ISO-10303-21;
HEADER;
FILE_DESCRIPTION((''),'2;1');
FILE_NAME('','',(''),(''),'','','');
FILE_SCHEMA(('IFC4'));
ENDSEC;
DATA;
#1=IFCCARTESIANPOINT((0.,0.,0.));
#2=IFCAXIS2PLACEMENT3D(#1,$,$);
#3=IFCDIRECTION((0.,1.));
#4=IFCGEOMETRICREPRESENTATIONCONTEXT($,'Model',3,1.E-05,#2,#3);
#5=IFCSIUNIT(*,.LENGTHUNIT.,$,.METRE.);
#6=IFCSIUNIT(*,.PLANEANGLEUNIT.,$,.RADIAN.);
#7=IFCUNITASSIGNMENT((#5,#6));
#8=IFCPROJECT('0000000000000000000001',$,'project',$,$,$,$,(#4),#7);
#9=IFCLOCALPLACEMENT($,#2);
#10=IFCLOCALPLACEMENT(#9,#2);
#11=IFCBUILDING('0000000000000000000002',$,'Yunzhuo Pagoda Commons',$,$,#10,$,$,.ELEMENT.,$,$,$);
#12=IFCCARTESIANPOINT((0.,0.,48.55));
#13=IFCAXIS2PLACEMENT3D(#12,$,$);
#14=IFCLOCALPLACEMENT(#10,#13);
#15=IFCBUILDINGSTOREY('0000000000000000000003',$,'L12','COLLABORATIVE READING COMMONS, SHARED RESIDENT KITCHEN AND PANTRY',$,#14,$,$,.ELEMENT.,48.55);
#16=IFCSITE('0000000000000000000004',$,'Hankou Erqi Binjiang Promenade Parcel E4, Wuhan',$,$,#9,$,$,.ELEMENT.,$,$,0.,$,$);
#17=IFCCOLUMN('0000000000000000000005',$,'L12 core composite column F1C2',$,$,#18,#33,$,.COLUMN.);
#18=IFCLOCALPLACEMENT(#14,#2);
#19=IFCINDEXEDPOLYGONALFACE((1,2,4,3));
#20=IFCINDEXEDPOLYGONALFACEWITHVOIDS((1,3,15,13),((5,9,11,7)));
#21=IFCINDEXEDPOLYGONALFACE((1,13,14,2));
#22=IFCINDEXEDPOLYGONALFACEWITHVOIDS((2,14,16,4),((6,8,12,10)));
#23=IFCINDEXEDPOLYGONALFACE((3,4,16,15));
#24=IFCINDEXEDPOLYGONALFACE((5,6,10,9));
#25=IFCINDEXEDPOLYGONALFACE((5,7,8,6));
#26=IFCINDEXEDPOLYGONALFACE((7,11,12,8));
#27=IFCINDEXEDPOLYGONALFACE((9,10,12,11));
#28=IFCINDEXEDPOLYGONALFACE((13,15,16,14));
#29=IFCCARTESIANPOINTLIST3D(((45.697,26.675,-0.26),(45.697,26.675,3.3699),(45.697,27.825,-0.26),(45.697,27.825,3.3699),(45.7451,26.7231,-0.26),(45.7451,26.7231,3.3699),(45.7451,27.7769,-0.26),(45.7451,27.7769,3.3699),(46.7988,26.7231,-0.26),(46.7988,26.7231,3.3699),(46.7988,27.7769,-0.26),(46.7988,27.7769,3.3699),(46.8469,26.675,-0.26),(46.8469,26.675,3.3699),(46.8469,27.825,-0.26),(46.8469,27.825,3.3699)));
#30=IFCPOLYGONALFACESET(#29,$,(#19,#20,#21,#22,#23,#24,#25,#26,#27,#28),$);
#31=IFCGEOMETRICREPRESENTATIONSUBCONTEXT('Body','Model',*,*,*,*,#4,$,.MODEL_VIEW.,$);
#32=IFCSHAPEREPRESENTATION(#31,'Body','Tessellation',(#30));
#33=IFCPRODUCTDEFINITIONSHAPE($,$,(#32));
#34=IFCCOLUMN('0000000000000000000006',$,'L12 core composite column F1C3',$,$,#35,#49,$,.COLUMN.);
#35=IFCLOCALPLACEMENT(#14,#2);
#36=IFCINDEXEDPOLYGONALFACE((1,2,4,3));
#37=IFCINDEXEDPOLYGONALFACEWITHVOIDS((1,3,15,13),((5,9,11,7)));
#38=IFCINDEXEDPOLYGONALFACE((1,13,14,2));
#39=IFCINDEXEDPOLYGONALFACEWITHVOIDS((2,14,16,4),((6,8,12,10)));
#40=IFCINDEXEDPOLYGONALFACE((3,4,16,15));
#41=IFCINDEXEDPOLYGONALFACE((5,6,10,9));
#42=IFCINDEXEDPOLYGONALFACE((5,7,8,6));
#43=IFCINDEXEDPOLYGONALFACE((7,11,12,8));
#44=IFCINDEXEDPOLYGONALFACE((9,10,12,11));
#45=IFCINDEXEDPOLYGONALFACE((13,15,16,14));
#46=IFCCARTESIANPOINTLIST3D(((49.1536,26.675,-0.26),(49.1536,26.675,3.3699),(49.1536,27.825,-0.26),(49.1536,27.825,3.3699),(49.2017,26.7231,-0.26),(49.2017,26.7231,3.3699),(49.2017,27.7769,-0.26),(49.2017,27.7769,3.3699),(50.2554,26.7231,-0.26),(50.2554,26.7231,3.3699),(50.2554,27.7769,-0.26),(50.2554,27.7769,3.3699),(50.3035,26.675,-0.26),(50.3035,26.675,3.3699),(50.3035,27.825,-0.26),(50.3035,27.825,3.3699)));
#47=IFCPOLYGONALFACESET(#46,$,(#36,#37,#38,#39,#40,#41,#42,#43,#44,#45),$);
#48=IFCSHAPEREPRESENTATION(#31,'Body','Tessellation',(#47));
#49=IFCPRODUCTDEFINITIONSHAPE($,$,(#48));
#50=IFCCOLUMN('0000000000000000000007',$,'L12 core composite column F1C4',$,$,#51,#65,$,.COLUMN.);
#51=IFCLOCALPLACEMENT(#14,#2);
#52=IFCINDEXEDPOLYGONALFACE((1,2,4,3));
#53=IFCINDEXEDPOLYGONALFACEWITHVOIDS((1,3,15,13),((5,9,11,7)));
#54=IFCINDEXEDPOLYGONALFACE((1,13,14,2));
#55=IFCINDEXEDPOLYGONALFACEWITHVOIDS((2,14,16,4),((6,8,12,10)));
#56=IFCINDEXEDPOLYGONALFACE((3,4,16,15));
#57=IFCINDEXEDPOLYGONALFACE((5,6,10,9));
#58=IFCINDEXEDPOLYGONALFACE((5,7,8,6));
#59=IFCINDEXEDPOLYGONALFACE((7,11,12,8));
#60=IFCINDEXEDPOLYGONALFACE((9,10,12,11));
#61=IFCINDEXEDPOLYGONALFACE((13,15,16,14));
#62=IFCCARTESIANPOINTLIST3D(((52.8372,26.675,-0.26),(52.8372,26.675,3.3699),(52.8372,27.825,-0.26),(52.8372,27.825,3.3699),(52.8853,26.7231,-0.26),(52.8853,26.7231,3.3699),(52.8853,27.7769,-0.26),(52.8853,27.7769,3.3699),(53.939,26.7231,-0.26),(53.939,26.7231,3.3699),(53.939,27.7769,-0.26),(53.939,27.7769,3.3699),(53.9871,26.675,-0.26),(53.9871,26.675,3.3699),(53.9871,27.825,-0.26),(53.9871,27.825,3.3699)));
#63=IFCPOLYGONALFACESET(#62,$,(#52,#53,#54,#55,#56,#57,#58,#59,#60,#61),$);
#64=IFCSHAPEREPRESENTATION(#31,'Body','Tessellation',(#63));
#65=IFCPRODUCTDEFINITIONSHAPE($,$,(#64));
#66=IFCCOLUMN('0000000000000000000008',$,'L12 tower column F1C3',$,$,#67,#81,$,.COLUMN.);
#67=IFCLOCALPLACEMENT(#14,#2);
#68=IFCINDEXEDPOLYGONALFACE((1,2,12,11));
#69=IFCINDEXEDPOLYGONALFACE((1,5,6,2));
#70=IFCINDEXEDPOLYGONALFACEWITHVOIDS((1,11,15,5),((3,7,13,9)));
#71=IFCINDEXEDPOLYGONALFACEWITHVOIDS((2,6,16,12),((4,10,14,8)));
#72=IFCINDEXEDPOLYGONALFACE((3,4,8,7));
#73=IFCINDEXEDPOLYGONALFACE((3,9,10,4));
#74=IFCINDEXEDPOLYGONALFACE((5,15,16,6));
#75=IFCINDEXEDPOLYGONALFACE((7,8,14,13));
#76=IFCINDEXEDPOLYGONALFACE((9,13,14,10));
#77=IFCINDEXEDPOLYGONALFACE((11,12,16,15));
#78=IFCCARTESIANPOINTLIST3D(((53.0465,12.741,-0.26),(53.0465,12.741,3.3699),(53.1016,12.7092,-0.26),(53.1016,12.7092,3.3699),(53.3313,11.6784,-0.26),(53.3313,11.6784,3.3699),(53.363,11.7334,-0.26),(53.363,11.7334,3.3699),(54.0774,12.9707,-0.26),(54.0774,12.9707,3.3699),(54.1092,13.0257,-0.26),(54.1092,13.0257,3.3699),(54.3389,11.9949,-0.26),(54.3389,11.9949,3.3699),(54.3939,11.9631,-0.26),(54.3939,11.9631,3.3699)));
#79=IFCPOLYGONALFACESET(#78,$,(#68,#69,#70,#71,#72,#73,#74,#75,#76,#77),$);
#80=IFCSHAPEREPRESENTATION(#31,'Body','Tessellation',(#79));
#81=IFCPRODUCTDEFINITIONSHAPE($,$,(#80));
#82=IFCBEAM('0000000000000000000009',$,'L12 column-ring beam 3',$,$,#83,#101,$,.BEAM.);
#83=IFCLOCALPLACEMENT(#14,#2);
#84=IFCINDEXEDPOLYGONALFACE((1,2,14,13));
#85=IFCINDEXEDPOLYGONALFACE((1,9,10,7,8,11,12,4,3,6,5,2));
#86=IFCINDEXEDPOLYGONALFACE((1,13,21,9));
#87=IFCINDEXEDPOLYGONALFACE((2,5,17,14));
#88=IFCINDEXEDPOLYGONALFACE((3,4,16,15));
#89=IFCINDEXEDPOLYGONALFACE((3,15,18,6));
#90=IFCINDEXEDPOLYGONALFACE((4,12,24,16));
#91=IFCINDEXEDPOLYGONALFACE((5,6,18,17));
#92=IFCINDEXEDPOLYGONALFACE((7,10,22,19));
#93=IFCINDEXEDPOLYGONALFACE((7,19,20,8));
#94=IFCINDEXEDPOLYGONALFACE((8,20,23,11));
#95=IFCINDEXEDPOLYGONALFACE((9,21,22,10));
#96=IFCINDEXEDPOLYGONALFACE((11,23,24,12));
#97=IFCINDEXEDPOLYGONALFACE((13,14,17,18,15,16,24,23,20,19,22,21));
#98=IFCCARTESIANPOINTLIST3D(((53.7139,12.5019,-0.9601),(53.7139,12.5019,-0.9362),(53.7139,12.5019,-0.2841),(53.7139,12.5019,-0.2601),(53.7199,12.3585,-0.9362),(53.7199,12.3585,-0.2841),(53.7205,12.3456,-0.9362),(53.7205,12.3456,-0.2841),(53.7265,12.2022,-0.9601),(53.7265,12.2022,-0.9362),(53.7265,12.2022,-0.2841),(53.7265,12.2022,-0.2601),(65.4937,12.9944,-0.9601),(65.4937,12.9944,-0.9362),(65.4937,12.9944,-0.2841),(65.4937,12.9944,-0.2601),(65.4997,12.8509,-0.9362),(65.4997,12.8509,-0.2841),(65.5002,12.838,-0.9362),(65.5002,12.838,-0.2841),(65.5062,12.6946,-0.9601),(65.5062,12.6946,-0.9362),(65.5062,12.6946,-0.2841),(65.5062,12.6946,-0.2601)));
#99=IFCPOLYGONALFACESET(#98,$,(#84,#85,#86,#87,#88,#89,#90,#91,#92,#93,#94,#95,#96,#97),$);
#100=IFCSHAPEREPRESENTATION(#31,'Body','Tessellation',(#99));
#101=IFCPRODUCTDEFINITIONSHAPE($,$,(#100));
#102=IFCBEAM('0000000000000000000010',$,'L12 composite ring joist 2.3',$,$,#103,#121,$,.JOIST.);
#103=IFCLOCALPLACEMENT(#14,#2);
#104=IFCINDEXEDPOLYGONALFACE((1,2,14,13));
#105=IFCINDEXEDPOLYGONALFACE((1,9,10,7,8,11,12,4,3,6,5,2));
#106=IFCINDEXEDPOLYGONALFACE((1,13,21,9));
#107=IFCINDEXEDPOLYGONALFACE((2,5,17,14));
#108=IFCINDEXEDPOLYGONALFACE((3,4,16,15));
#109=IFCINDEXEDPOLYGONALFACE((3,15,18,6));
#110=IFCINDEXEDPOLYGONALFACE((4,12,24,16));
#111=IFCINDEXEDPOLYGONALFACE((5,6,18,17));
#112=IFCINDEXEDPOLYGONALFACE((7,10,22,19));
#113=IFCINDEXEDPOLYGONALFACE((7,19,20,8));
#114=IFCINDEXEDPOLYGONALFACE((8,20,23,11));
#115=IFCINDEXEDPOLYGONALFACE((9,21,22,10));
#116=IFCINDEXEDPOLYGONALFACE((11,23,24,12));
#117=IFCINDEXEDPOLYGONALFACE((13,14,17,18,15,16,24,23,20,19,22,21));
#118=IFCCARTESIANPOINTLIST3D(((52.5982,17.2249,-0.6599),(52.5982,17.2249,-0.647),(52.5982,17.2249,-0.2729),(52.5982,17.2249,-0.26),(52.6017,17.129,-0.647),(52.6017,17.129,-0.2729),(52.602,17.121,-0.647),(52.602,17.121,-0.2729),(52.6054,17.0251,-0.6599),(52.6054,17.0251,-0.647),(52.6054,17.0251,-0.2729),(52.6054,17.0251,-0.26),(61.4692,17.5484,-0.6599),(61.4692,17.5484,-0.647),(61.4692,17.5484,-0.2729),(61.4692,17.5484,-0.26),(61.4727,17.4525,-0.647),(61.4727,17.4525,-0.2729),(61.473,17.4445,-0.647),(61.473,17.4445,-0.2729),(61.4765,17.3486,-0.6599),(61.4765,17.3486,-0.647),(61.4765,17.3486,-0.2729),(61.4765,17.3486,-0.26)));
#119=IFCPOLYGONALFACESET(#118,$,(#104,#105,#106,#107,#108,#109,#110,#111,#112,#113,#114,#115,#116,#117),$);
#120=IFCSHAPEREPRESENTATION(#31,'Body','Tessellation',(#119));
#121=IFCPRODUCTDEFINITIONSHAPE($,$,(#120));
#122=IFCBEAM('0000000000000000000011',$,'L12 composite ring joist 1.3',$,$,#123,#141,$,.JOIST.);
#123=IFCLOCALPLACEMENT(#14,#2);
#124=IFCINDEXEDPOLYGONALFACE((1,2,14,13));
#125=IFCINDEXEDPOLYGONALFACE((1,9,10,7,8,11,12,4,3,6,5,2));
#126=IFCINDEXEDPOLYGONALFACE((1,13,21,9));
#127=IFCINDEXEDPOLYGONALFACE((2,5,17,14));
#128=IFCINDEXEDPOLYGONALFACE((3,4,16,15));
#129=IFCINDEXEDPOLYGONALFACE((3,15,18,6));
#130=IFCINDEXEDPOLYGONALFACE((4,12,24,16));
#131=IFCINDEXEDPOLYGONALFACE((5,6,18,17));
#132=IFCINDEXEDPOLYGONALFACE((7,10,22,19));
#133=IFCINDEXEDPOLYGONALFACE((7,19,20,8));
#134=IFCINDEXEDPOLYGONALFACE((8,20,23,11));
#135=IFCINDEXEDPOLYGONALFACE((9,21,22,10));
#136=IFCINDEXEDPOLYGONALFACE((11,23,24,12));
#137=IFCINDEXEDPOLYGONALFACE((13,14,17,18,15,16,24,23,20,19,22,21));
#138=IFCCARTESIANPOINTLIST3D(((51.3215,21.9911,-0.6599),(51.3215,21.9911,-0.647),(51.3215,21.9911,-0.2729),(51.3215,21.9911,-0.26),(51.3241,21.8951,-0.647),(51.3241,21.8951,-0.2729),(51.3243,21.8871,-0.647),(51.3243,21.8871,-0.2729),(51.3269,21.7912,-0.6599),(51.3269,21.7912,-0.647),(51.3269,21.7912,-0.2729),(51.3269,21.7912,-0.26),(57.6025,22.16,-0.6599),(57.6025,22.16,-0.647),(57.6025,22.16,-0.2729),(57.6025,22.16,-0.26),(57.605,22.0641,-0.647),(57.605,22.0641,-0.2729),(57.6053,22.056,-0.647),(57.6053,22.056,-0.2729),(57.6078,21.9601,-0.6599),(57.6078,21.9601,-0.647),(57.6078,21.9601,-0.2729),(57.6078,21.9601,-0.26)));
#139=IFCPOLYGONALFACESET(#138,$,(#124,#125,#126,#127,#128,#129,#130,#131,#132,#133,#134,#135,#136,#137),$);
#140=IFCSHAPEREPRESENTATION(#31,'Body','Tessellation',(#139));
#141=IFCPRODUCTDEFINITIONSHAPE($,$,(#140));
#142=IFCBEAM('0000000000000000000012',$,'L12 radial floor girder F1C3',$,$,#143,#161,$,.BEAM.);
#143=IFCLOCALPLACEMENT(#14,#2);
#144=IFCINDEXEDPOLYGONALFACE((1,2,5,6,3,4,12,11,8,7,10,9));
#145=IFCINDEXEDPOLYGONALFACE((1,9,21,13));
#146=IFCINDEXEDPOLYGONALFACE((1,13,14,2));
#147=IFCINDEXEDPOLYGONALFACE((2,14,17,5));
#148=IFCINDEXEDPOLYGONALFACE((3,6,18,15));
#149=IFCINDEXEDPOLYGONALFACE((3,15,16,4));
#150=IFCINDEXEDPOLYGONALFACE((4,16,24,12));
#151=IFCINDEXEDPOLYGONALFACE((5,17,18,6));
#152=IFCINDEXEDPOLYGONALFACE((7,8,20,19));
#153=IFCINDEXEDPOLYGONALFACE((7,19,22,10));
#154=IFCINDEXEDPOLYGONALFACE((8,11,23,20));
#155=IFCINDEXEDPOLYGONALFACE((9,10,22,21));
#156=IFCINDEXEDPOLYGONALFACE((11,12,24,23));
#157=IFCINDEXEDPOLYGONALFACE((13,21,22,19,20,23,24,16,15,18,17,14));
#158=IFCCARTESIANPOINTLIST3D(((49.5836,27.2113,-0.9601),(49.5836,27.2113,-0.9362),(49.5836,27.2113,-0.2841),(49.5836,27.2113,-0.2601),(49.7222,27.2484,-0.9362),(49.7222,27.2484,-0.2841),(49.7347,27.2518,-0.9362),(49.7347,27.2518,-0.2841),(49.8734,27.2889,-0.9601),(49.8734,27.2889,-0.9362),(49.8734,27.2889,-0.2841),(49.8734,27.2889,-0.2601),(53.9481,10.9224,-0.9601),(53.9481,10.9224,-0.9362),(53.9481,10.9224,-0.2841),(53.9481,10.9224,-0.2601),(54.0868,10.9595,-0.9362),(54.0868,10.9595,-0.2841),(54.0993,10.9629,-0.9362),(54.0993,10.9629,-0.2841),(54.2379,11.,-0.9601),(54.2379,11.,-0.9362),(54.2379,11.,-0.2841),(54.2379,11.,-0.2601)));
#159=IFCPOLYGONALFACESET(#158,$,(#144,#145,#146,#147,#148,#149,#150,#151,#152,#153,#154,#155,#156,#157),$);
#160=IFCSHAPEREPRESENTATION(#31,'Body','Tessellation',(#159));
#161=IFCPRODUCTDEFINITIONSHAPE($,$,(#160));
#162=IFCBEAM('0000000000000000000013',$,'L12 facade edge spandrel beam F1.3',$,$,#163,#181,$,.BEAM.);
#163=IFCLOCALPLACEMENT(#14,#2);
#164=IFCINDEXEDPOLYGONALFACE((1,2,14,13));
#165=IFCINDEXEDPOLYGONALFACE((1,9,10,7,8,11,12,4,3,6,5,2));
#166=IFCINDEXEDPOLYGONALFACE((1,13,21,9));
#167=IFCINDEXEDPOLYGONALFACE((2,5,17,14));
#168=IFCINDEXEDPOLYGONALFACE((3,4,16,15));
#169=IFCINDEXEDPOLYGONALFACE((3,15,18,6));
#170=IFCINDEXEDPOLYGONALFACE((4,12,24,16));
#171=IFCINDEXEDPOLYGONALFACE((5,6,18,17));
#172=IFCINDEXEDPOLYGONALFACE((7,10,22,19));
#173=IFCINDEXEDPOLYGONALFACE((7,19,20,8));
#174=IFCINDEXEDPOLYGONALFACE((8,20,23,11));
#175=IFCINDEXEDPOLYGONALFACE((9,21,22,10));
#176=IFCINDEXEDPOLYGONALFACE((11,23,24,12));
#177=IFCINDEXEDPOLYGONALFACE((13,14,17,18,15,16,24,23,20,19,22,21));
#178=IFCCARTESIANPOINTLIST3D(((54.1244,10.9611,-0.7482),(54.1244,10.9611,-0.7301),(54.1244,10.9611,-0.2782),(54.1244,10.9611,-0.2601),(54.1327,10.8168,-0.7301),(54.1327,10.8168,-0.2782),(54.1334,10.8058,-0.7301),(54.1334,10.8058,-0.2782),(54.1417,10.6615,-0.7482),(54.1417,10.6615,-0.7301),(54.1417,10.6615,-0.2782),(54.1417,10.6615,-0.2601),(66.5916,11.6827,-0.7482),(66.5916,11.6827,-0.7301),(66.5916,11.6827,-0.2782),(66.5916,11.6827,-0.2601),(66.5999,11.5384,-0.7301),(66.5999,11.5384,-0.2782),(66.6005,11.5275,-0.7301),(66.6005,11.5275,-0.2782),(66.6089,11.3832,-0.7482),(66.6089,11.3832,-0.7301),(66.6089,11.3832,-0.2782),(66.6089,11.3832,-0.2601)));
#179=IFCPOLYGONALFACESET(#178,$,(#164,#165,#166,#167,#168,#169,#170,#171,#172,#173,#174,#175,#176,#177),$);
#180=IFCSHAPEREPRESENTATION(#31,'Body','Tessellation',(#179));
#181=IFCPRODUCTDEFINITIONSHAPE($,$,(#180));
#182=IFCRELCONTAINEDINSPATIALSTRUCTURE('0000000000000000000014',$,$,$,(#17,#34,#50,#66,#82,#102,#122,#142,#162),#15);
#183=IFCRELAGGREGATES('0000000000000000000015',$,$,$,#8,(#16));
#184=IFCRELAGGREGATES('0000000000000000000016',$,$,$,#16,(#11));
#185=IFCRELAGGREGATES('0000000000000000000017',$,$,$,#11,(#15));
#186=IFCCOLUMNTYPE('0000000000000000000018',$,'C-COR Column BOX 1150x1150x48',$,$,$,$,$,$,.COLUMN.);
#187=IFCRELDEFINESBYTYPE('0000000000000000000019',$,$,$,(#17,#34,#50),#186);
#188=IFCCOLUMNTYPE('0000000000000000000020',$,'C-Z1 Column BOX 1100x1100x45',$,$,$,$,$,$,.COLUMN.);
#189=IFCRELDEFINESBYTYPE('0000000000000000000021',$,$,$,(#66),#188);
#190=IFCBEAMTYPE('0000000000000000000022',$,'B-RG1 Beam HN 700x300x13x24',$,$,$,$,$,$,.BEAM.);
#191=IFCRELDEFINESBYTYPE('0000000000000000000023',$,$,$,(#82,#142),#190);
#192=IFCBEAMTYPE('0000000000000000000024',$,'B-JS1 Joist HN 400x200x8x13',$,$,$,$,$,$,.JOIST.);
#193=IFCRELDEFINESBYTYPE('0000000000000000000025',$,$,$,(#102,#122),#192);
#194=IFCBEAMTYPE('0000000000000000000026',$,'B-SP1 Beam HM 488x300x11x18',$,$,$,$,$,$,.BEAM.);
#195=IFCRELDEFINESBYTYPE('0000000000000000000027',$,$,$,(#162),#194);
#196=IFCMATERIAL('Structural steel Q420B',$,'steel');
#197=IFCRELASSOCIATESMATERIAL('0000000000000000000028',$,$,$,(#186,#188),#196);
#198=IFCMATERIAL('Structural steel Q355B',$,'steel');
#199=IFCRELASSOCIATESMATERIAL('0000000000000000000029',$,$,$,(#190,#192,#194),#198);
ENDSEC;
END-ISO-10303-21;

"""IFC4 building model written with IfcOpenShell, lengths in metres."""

from ifc_helpers import new_model, si_unit, direction, frame, origin, origin_2d, place, context, subcontext, project, spatial, hollow_rectangle, i_section, extrude, source, transform, mapped, material, material_profile, profile_set, type_object, element, save


model = new_model("IFC4")

# Units and contexts
model_context = context("Model", 3, precision=1e-05, world=origin(), true_north=direction((0.0, 1.0)))
body_context = subcontext(model_context, "Body", "Model", "MODEL_VIEW")
ifc_project = project(units=[si_unit("LENGTHUNIT", "METRE"), si_unit("PLANEANGLEUNIT", "RADIAN")], contexts=[model_context])

# Site, building, storey
site_placement = place(None, origin())
site = spatial("IfcSite", under=ifc_project, at=site_placement, Name="Hankou Erqi Binjiang Promenade Parcel E4, Wuhan", CompositionType="ELEMENT", RefElevation=0.0)
building_placement = place(site_placement, origin())
building = spatial("IfcBuilding", under=site, at=building_placement, Name="Yunzhuo Pagoda Commons", CompositionType="ELEMENT")
storey_placement = place(building_placement, frame((0.0, 0.0, 48.55)))
storey = spatial("IfcBuildingStorey", under=building, at=storey_placement, Name="L12", Description="COLLABORATIVE READING COMMONS, SHARED RESIDENT KITCHEN AND PANTRY", CompositionType="ELEMENT", Elevation=48.55)

# Columns
ifc_material_1 = material(Name="Structural steel Q420B", Category="steel")
ifc_material_profile_1 = material_profile(ifc_material_1, hollow_rectangle(XDim=1.1499, YDim=1.1499, WallThickness=0.0481, at=origin_2d()), Name="Structural steel Q420B")
ifc_profile_set_1 = profile_set([ifc_material_profile_1], Name="Structural steel Q420B")
column_type_1 = type_object("IfcColumnType", Name="C-COR Column BOX 1150x1150x48", PredefinedType="COLUMN", material=ifc_profile_set_1)
shared_shape_1 = source(origin(), body_context, "Body", "SweptSolid", [
    extrude(hollow_rectangle(XDim=1.1499, YDim=1.1499, WallThickness=0.0481, at=origin_2d()), origin(), (0.0, 0.0, 1.0), 3.6299),
])
for number, where, z_axis, x_axis, name in (
    (1, (46.272, 27.25, -0.26), (0.0, 0.0, 1.0), (1.0, 0.0, 0.0), "L12 core composite column F1C2"),
    (2, (49.7285, 27.25, -0.26), (0.0, 0.0, 1.0), (1.0, 0.0, 0.0), "L12 core composite column F1C3"),
    (3, (53.4121, 27.25, -0.26), (0.0, 0.0, 1.0), (1.0, 0.0, 0.0), "L12 core composite column F1C4"),
):
    element("IfcColumn", number, at=place(storey_placement, frame(where, z_axis=z_axis, x_axis=x_axis)), inside=storey, type_object=column_type_1, Name=name, PredefinedType="COLUMN", context=body_context, shape_type="MappedRepresentation", body=[
        mapped(shared_shape_1, transform((0.0, 0.0, 0.0), scale=1.0)),
    ])
ifc_material_profile_2 = material_profile(ifc_material_1, hollow_rectangle(XDim=1.1001, YDim=1.1001, WallThickness=0.0449, at=origin_2d()), Name="Structural steel Q420B")
ifc_profile_set_2 = profile_set([ifc_material_profile_2], Name="Structural steel Q420B")
column_type_2 = type_object("IfcColumnType", Name="C-Z1 Column BOX 1100x1100x45", PredefinedType="COLUMN", material=ifc_profile_set_2)
shared_shape_2 = source(origin(), body_context, "Body", "SweptSolid", [
    extrude(hollow_rectangle(XDim=1.1001, YDim=1.1001, WallThickness=0.0449, at=origin_2d()), origin(), (0.0, 0.0, 1.0), 3.6299),
])
column_placement = place(storey_placement, frame((53.7202, 12.3521, -0.26), z_axis=(0.0, 0.0, 1.0), x_axis=(0.965926, 0.258819, 0.0)))
element("IfcColumn", 4, at=column_placement, inside=storey, type_object=column_type_2, Name="L12 tower column F1C3", PredefinedType="COLUMN", context=body_context, shape_type="MappedRepresentation", body=[
    mapped(shared_shape_2, transform((0.0, 0.0, 0.0), scale=1.0)),
])

# Beams
ifc_material_2 = material(Name="Structural steel Q355B", Category="steel")
ifc_material_profile_3 = material_profile(ifc_material_2, i_section(OverallWidth=0.3, OverallDepth=0.7, WebThickness=0.0129, FlangeThickness=0.0239, at=origin_2d()), Name="Structural steel Q355B")
ifc_profile_set_3 = profile_set([ifc_material_profile_3], Name="Structural steel Q355B")
beam_type_1 = type_object("IfcBeamType", Name="B-RG1 Beam HN 700x300x13x24", PredefinedType="BEAM", material=ifc_profile_set_3)
shared_shape_3 = source(origin(), body_context, "Body", "SweptSolid", [
    extrude(i_section(OverallWidth=0.3, OverallDepth=0.7, WebThickness=0.0129, FlangeThickness=0.0239, at=origin_2d()), origin(), (0.0, 0.0, 1.0), 11.79),
])
beam_1_placement = place(storey_placement, frame((53.7202, 12.3521, -0.6101), z_axis=(0.999127, 0.041767, 0.0), x_axis=(-0.041767, 0.999127, 0.0)))
element("IfcBeam", 5, at=beam_1_placement, inside=storey, type_object=beam_type_1, Name="L12 column-ring beam 3", PredefinedType="BEAM", context=body_context, shape_type="MappedRepresentation", body=[
    mapped(shared_shape_3, transform((0.0, 0.0, 0.0), scale=1.0)),
])
ifc_material_profile_4 = material_profile(ifc_material_2, i_section(OverallWidth=0.2, OverallDepth=0.3999, WebThickness=0.0081, FlangeThickness=0.0129, at=origin_2d()), Name="Structural steel Q355B")
ifc_profile_set_4 = profile_set([ifc_material_profile_4], Name="Structural steel Q355B")
beam_type_2 = type_object("IfcBeamType", Name="B-JS1 Joist HN 400x200x8x13", PredefinedType="JOIST", material=ifc_profile_set_4)
shared_shape_4 = source(origin(), body_context, "Body", "SweptSolid", [
    extrude(i_section(OverallWidth=0.2, OverallDepth=0.3999, WebThickness=0.0081, FlangeThickness=0.0129, at=origin_2d()), origin(), (0.0, 0.0, 1.0), 8.877),
])
beam_2_placement = place(storey_placement, frame((52.6018, 17.125, -0.46), z_axis=(0.999336, 0.036441, 0.0), x_axis=(-0.036441, 0.999336, 0.0)))
element("IfcBeam", 6, at=beam_2_placement, inside=storey, type_object=beam_type_2, Name="L12 composite ring joist 2.3", PredefinedType="JOIST", context=body_context, shape_type="MappedRepresentation", body=[
    mapped(shared_shape_4, transform((0.0, 0.0, 0.0), scale=1.0)),
])
shared_shape_5 = source(origin(), body_context, "Body", "SweptSolid", [
    extrude(i_section(OverallWidth=0.2, OverallDepth=0.3999, WebThickness=0.0081, FlangeThickness=0.0129, at=origin_2d()), origin(), (0.0, 0.0, 1.0), 6.2832),
])
beam_3_placement = place(storey_placement, frame((51.3242, 21.8911, -0.46), z_axis=(0.999638, 0.026888, 0.0), x_axis=(-0.026888, 0.999638, 0.0)))
element("IfcBeam", 7, at=beam_3_placement, inside=storey, type_object=beam_type_2, Name="L12 composite ring joist 1.3", PredefinedType="JOIST", context=body_context, shape_type="MappedRepresentation", body=[
    mapped(shared_shape_5, transform((0.0, 0.0, 0.0), scale=1.0)),
])
shared_shape_6 = source(origin(), body_context, "Body", "SweptSolid", [
    extrude(i_section(OverallWidth=0.3, OverallDepth=0.7, WebThickness=0.0129, FlangeThickness=0.0239, at=origin_2d()), origin(), (0.0, 0.0, 1.0), 16.8635),
])
beam_4_placement = place(storey_placement, frame((54.093, 10.9612, -0.6101), z_axis=(-0.258815, 0.965927, 0.0), x_axis=(-0.965927, -0.258815, 0.0)))
element("IfcBeam", 8, at=beam_4_placement, inside=storey, type_object=beam_type_1, Name="L12 radial floor girder F1C3", PredefinedType="BEAM", context=body_context, shape_type="MappedRepresentation", body=[
    mapped(shared_shape_6, transform((0.0, 0.0, 0.0), scale=1.0)),
])
ifc_material_profile_5 = material_profile(ifc_material_2, i_section(OverallWidth=0.3, OverallDepth=0.488, WebThickness=0.011, FlangeThickness=0.0181, at=origin_2d()), Name="Structural steel Q355B")
ifc_profile_set_5 = profile_set([ifc_material_profile_5], Name="Structural steel Q355B")
beam_type_3 = type_object("IfcBeamType", Name="B-SP1 Beam HM 488x300x11x18", PredefinedType="BEAM", material=ifc_profile_set_5)
shared_shape_7 = source(origin(), body_context, "Body", "SweptSolid", [
    extrude(i_section(OverallWidth=0.3, OverallDepth=0.488, WebThickness=0.011, FlangeThickness=0.0181, at=origin_2d()), origin(), (0.0, 0.0, 1.0), 12.488),
])
beam_5_placement = place(storey_placement, frame((54.1331, 10.8113, -0.5042), z_axis=(0.998329, 0.057789, 0.0), x_axis=(-0.057789, 0.998329, 0.0)))
element("IfcBeam", 9, at=beam_5_placement, inside=storey, type_object=beam_type_3, Name="L12 facade edge spandrel beam F1.3", PredefinedType="BEAM", context=body_context, shape_type="MappedRepresentation", body=[
    mapped(shared_shape_7, transform((0.0, 0.0, 0.0), scale=1.0)),
])

save(model, "model.ifc")
